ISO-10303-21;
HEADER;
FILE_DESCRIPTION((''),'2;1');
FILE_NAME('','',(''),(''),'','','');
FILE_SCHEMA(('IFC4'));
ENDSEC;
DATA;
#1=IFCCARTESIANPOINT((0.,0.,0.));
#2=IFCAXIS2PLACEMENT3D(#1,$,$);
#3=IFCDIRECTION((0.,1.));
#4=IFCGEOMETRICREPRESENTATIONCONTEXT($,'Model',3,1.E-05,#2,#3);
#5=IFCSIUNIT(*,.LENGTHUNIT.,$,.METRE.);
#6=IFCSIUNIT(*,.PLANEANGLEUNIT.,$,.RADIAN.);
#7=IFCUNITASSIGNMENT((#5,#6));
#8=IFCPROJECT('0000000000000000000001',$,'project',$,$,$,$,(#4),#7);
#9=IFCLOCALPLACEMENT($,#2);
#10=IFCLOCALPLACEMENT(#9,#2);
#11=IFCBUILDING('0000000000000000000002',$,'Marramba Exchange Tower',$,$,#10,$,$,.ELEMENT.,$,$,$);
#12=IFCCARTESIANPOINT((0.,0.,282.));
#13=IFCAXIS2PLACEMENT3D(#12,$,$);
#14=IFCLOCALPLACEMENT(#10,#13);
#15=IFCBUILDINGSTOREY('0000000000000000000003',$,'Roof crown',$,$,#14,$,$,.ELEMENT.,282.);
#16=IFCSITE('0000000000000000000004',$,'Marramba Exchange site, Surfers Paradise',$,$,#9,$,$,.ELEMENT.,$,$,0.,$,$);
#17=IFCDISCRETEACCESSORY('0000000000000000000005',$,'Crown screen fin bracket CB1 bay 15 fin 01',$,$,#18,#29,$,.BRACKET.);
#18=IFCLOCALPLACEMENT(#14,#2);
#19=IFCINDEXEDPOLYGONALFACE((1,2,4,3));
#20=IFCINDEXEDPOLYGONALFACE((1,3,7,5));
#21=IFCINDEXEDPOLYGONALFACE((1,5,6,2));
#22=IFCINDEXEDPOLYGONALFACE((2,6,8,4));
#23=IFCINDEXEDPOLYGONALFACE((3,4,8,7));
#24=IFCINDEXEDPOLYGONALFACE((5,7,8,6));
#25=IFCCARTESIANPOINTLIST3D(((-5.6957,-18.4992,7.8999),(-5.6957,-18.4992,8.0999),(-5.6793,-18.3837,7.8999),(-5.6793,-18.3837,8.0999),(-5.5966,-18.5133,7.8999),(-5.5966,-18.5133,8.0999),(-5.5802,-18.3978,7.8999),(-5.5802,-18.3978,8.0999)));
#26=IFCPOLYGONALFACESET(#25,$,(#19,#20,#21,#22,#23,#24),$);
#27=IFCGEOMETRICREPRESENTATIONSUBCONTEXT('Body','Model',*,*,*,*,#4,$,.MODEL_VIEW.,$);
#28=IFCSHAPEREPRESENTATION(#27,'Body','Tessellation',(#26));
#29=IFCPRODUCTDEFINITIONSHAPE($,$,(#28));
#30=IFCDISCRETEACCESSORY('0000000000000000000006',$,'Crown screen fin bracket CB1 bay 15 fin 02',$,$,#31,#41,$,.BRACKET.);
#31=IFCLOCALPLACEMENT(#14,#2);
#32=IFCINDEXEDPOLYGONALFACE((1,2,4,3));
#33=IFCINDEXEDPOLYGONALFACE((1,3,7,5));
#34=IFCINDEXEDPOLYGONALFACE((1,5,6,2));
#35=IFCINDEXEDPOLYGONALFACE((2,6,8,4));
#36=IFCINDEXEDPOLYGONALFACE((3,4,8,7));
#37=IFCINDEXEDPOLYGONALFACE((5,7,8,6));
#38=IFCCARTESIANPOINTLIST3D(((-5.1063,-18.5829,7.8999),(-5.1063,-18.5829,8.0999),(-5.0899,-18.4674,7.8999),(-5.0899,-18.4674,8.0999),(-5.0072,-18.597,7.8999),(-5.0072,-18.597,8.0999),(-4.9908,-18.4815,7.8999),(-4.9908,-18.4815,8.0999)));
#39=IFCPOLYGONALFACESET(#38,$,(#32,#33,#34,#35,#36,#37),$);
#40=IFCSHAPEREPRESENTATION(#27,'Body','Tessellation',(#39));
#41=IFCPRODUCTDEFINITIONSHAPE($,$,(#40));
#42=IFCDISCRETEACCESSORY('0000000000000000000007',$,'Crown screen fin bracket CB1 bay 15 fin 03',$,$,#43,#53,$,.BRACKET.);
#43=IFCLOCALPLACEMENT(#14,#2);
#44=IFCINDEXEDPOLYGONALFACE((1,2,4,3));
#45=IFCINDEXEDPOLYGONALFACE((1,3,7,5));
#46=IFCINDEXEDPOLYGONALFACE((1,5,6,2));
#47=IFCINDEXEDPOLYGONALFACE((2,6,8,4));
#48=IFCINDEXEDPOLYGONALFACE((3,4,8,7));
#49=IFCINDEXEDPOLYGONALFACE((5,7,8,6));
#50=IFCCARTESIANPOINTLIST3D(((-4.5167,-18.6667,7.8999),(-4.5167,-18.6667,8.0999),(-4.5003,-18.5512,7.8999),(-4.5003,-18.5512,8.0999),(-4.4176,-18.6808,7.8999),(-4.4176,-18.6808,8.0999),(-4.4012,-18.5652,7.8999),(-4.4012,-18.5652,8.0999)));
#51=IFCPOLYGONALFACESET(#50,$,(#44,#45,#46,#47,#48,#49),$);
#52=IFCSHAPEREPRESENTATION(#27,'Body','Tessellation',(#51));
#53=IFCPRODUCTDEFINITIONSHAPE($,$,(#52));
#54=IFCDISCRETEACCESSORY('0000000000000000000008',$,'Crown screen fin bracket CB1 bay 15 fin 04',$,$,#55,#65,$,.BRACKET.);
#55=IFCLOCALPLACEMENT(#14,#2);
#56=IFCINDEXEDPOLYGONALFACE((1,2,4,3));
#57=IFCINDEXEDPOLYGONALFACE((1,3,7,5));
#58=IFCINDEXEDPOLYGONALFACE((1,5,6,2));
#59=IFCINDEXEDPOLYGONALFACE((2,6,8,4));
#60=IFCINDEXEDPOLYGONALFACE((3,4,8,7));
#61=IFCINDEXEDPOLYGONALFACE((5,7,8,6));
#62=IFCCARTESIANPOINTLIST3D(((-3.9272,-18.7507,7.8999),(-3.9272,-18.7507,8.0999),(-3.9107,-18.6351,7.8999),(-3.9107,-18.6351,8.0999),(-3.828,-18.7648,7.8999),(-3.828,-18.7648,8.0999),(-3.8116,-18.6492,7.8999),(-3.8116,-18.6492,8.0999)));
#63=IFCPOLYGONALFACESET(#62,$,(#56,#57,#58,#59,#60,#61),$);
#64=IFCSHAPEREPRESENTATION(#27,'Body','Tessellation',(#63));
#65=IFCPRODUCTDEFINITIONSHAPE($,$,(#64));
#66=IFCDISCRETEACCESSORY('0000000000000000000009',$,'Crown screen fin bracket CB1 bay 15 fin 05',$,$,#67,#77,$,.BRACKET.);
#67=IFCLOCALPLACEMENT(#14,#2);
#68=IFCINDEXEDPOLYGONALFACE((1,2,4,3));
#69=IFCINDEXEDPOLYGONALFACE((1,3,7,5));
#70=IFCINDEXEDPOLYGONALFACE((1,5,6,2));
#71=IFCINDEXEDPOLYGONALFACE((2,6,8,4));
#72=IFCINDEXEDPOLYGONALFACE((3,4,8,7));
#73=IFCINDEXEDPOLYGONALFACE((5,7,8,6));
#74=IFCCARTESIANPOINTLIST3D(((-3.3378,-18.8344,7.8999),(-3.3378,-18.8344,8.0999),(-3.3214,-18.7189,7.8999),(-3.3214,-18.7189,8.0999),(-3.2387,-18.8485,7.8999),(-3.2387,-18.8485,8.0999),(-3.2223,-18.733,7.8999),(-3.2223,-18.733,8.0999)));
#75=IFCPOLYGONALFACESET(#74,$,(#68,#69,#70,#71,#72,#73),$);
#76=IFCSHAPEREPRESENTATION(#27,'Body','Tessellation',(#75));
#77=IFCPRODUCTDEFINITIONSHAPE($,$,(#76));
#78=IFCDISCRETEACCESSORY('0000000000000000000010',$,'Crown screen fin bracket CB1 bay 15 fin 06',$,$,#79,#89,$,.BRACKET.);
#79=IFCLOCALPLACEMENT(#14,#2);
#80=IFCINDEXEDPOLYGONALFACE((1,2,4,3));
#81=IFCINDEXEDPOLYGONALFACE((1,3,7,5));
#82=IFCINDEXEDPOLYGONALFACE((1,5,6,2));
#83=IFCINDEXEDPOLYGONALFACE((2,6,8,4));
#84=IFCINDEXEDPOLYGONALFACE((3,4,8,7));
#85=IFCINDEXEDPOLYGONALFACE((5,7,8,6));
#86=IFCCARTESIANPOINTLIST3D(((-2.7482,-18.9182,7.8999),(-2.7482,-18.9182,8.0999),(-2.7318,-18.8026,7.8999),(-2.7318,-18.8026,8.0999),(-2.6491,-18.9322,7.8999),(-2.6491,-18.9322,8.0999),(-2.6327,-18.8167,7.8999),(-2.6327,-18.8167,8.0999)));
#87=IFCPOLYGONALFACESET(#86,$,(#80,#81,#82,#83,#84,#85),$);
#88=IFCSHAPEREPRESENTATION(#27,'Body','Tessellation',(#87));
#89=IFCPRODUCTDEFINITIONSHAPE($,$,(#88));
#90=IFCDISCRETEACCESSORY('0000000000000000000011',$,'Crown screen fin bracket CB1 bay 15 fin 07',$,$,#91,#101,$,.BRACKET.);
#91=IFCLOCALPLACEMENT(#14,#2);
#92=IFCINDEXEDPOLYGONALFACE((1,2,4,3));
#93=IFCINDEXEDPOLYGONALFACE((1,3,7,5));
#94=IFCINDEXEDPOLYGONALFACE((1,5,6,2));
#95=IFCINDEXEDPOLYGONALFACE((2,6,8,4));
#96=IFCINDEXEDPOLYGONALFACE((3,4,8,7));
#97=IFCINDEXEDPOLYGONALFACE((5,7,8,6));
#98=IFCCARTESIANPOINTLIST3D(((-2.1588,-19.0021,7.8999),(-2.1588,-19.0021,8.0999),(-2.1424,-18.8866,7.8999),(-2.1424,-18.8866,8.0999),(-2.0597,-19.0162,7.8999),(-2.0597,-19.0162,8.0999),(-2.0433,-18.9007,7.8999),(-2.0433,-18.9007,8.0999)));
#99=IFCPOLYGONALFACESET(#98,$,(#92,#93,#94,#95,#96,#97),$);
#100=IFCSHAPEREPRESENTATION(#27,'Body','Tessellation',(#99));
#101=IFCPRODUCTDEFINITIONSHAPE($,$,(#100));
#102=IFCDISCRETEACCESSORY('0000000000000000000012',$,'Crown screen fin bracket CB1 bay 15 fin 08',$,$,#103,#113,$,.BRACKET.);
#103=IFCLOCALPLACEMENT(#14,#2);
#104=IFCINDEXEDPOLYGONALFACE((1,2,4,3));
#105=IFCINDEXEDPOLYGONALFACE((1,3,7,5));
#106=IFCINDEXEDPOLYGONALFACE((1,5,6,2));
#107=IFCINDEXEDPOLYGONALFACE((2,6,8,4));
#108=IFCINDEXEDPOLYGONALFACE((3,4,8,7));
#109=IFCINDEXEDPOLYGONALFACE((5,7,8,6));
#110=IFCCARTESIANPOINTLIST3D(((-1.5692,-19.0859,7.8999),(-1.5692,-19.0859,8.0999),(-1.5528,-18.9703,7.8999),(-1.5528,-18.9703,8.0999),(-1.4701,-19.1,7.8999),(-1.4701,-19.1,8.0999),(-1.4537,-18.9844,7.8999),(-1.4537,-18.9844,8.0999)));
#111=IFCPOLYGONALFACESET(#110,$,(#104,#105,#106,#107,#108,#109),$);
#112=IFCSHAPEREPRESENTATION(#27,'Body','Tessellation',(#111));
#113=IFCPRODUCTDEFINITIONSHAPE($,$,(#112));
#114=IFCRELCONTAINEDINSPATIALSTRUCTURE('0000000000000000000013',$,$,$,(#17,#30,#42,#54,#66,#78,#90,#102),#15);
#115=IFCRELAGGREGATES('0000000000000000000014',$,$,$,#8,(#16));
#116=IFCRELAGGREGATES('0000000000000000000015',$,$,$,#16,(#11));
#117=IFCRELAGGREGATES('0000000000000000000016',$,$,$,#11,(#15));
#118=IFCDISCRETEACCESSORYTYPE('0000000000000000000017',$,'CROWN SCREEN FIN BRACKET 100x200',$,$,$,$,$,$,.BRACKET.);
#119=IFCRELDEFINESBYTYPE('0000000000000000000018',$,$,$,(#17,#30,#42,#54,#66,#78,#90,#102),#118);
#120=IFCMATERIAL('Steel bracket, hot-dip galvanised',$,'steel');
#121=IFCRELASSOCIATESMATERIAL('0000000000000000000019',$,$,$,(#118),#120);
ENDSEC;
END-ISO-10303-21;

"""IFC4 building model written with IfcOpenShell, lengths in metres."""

from ifc_helpers import new_model, si_unit, direction, frame, origin, origin_2d, place, context, subcontext, project, spatial, rectangle, extrude, material, type_object, element, save


model = new_model("IFC4")

# Units and contexts
model_context = context("Model", 3, precision=1e-05, world=origin(), true_north=direction((0.0, 1.0)))
body_context = subcontext(model_context, "Body", "Model", "MODEL_VIEW")
ifc_project = project(units=[si_unit("LENGTHUNIT", "METRE"), si_unit("PLANEANGLEUNIT", "RADIAN")], contexts=[model_context])

# Site, building, storey
site_placement = place(None, origin())
site = spatial("IfcSite", under=ifc_project, at=site_placement, Name="Marramba Exchange site, Surfers Paradise", CompositionType="ELEMENT", RefElevation=0.0)
building_placement = place(site_placement, origin())
building = spatial("IfcBuilding", under=site, at=building_placement, Name="Marramba Exchange Tower", CompositionType="ELEMENT")
storey_placement = place(building_placement, frame((0.0, 0.0, 282.0)))
storey = spatial("IfcBuildingStorey", under=building, at=storey_placement, Name="Roof crown", CompositionType="ELEMENT", Elevation=282.0)

# Discrete accessories
ifc_material_1 = material(Name="Steel bracket, hot-dip galvanised", Category="steel")
discrete_accessory_type_1 = type_object("IfcDiscreteAccessoryType", Name="CROWN SCREEN FIN BRACKET 100x200", PredefinedType="BRACKET", material=ifc_material_1)
for number, where, z_axis, x_axis, name in (
    (1, (-5.6379, -18.4485, 7.8999), (0.0, 0.0, 1.0), (0.99004, -0.140789, 0.0), "Crown screen fin bracket CB1 bay 15 fin 01"),
    (2, (-5.0486, -18.5322, 7.8999), (0.0, 0.0, 1.0), (0.99004, -0.140789, 0.0), "Crown screen fin bracket CB1 bay 15 fin 02"),
    (3, (-4.459, -18.616, 7.8999), (0.0, 0.0, 1.0), (0.99004, -0.140789, 0.0), "Crown screen fin bracket CB1 bay 15 fin 03"),
    (4, (-3.8694, -18.7, 7.8999), (0.0, 0.0, 1.0), (0.99004, -0.140789, 0.0), "Crown screen fin bracket CB1 bay 15 fin 04"),
    (5, (-3.28, -18.7837, 7.8999), (0.0, 0.0, 1.0), (0.99004, -0.140789, 0.0), "Crown screen fin bracket CB1 bay 15 fin 05"),
    (6, (-2.6904, -18.8674, 7.8999), (0.0, 0.0, 1.0), (0.99004, -0.140789, 0.0), "Crown screen fin bracket CB1 bay 15 fin 06"),
    (7, (-2.1011, -18.9514, 7.8999), (0.0, 0.0, 1.0), (0.99004, -0.140789, 0.0), "Crown screen fin bracket CB1 bay 15 fin 07"),
    (8, (-1.5115, -19.0352, 7.8999), (0.0, 0.0, 1.0), (0.99004, -0.140789, 0.0), "Crown screen fin bracket CB1 bay 15 fin 08"),
):
    element("IfcDiscreteAccessory", number, at=place(storey_placement, frame(where, z_axis=z_axis, x_axis=x_axis)), inside=storey, type_object=discrete_accessory_type_1, Name=name, PredefinedType="BRACKET", context=body_context, shape_type="SweptSolid", body=[
        extrude(rectangle(XDim=0.1001, YDim=0.1167, at=origin_2d()), origin(), (0.0, 0.0, 1.0), 0.2),
    ])

save(model, "model.ifc")
